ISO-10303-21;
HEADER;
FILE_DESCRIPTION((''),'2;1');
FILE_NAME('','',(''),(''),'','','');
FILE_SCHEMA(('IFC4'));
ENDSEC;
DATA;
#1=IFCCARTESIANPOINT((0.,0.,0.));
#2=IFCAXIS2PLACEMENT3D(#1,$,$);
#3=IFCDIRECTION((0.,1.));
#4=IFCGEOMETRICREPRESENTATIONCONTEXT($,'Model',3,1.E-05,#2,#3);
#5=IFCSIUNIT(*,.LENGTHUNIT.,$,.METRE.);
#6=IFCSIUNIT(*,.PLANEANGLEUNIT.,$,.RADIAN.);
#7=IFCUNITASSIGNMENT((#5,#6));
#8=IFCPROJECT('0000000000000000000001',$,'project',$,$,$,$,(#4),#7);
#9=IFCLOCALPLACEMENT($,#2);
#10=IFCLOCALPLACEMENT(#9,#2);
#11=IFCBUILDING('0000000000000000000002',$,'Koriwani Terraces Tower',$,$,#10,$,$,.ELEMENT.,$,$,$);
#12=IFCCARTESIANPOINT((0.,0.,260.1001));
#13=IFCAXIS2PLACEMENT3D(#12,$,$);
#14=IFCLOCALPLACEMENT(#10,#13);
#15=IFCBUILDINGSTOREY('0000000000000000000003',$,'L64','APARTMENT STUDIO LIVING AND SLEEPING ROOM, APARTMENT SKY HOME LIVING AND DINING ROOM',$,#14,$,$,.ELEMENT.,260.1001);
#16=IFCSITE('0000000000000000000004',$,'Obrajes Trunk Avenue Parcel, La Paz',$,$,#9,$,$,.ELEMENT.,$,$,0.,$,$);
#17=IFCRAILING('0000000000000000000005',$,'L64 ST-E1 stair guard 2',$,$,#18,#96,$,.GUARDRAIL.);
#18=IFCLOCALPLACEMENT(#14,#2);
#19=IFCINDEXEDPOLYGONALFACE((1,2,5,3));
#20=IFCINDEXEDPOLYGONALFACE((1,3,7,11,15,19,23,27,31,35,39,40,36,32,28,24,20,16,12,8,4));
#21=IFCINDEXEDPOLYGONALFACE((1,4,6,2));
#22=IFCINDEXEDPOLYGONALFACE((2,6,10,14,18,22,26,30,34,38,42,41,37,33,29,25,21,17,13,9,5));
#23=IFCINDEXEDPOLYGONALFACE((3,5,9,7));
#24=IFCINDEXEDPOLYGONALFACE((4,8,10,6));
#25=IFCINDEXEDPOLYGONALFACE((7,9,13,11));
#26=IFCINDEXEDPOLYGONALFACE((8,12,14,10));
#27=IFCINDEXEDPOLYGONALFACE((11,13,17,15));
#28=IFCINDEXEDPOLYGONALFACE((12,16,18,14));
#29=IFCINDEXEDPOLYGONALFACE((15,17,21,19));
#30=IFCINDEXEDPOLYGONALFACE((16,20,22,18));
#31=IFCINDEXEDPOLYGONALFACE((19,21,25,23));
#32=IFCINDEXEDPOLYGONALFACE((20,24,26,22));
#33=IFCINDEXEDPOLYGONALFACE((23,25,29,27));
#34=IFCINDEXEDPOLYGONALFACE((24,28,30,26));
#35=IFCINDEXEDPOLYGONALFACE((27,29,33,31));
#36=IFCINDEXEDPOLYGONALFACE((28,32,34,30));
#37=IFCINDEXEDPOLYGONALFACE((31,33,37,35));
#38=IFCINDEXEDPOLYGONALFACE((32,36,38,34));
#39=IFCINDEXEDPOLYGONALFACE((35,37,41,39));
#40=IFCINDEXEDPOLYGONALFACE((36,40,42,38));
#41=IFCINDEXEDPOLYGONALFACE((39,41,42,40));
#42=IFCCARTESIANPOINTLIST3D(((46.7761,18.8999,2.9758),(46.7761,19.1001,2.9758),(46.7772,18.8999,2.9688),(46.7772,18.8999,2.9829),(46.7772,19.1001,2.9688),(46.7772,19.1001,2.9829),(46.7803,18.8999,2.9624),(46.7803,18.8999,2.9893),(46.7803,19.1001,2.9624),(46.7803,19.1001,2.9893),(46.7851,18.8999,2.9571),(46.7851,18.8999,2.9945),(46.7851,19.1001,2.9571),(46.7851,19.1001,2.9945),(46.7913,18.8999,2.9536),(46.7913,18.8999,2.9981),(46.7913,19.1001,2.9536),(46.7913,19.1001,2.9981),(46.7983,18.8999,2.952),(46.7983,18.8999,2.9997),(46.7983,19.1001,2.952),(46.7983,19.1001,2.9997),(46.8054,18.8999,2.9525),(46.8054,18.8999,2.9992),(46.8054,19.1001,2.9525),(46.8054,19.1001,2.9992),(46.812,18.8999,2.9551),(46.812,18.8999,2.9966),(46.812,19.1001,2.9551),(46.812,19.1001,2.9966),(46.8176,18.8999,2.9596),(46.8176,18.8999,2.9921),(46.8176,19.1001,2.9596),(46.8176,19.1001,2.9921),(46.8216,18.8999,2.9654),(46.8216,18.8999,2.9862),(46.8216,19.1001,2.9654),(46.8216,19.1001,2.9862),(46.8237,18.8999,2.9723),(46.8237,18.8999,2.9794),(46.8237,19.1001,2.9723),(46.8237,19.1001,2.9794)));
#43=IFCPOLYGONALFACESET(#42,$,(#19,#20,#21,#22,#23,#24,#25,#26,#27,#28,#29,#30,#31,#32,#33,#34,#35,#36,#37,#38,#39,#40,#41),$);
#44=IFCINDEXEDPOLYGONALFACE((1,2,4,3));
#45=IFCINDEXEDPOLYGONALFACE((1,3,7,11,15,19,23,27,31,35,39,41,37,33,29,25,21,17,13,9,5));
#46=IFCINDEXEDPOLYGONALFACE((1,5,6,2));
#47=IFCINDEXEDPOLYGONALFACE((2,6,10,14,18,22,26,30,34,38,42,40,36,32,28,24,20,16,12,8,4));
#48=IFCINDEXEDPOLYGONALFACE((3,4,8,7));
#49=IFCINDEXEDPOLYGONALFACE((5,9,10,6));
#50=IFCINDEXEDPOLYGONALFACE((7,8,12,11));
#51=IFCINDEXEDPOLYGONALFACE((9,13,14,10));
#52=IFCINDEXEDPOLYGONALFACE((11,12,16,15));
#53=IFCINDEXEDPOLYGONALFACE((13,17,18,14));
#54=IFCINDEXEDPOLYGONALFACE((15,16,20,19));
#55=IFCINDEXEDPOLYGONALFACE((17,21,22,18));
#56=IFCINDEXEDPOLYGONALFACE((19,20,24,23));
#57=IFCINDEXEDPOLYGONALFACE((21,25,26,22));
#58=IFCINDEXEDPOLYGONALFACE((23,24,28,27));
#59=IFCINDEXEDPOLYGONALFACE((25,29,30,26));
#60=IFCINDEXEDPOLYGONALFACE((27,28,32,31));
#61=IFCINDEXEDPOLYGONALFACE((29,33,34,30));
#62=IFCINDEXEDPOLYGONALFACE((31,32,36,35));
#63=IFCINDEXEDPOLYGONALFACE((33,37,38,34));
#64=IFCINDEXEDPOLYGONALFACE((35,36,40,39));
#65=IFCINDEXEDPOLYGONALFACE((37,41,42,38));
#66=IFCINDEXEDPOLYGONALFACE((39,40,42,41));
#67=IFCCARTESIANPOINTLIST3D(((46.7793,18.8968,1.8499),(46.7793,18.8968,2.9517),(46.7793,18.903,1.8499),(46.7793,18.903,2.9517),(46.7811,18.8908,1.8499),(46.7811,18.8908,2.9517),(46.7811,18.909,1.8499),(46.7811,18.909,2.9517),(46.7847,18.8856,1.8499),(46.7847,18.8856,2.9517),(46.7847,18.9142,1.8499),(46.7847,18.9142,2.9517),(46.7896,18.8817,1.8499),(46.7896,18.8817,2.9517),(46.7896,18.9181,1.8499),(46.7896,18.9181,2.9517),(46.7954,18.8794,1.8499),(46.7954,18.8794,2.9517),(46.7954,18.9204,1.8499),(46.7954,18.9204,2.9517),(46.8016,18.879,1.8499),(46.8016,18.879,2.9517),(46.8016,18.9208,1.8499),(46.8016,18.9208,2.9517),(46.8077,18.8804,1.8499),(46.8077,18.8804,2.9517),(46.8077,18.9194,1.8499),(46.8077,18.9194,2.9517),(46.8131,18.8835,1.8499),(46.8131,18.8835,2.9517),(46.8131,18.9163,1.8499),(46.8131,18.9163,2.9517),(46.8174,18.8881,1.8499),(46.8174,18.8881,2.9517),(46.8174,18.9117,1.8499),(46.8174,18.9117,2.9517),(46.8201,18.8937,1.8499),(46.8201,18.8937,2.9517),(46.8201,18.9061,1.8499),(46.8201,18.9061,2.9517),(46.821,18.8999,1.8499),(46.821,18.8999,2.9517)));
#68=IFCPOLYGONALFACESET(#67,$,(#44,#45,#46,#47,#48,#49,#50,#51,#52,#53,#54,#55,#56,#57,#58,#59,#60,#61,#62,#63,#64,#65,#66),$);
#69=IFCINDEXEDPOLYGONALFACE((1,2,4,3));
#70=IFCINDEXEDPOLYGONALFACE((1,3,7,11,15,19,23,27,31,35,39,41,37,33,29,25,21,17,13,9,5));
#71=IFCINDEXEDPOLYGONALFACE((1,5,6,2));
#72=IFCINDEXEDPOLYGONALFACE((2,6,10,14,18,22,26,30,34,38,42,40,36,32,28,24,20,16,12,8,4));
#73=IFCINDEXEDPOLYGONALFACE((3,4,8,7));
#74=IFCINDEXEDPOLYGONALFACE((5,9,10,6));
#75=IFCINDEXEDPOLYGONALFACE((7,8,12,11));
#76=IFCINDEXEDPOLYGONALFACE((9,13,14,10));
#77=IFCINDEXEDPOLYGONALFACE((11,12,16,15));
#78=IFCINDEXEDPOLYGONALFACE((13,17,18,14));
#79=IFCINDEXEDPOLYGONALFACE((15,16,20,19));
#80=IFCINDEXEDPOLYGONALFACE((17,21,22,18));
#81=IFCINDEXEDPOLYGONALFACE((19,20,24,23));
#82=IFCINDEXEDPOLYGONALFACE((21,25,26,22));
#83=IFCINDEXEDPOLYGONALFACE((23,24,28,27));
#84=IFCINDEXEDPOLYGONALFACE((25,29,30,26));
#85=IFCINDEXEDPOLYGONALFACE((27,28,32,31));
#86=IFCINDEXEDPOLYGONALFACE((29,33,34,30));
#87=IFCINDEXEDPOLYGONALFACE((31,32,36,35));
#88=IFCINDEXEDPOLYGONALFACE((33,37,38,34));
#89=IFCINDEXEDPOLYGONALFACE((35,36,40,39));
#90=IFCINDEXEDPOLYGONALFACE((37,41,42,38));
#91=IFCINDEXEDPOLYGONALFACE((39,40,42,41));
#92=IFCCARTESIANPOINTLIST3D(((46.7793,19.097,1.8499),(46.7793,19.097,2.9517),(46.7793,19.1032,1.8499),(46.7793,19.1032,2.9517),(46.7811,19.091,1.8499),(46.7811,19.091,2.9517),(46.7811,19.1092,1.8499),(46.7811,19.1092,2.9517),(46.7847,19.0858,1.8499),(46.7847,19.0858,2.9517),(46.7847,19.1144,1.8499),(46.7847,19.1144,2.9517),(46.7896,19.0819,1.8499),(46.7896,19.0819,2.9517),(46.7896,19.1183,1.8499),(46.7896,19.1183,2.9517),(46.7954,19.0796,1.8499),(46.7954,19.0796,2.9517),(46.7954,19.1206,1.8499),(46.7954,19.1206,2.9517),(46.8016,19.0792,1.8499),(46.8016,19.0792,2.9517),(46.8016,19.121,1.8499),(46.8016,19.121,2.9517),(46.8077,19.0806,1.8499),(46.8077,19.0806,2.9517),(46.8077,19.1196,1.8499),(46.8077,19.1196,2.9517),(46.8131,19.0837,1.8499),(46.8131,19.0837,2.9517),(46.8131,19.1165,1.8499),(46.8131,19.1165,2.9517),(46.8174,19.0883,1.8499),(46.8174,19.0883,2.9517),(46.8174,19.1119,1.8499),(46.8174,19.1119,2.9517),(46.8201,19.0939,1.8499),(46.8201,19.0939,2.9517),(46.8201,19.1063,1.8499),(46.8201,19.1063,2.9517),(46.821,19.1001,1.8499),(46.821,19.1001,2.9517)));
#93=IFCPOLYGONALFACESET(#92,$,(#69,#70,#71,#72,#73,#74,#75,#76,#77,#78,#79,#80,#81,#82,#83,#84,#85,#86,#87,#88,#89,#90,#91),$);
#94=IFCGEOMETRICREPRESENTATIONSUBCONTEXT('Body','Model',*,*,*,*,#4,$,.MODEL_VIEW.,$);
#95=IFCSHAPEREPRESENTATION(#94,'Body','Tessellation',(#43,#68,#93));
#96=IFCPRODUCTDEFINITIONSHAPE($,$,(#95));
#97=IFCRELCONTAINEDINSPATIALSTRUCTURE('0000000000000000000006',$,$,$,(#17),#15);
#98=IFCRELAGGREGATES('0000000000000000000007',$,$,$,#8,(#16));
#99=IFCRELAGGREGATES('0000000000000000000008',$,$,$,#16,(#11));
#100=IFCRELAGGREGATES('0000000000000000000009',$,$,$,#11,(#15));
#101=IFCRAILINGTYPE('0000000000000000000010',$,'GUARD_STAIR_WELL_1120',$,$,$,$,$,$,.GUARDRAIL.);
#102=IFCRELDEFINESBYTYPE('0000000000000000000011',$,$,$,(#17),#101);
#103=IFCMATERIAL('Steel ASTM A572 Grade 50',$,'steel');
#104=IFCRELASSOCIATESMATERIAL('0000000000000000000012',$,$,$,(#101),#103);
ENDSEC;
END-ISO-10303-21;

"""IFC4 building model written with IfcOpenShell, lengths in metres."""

from ifc_helpers import new_model, si_unit, direction, frame, origin, origin_2d, place, context, subcontext, project, spatial, circle, extrude, material, type_object, element, save


model = new_model("IFC4")

# Units and contexts
model_context = context("Model", 3, precision=1e-05, world=origin(), true_north=direction((0.0, 1.0)))
body_context = subcontext(model_context, "Body", "Model", "MODEL_VIEW")
ifc_project = project(units=[si_unit("LENGTHUNIT", "METRE"), si_unit("PLANEANGLEUNIT", "RADIAN")], contexts=[model_context])

# Site, building, storey
site_placement = place(None, origin())
site = spatial("IfcSite", under=ifc_project, at=site_placement, Name="Obrajes Trunk Avenue Parcel, La Paz", CompositionType="ELEMENT", RefElevation=0.0)
building_placement = place(site_placement, origin())
building = spatial("IfcBuilding", under=site, at=building_placement, Name="Koriwani Terraces Tower", CompositionType="ELEMENT")
storey_placement = place(building_placement, frame((0.0, 0.0, 260.1001)))
storey = spatial("IfcBuildingStorey", under=building, at=storey_placement, Name="L64", Description="APARTMENT STUDIO LIVING AND SLEEPING ROOM, APARTMENT SKY HOME LIVING AND DINING ROOM", CompositionType="ELEMENT", Elevation=260.1001)

# Shared definitions
ifc_material_1 = material(Name="Steel ASTM A572 Grade 50", Category="steel")

# Railing
railing_type_1 = type_object("IfcRailingType", Name="GUARD_STAIR_WELL_1120", PredefinedType="GUARDRAIL", material=ifc_material_1)
railing_1_placement = place(storey_placement, frame((46.8, 18.8999, 1.8499)))
element("IfcRailing", 1, at=railing_1_placement, inside=storey, type_object=railing_type_1, Name="L64 ST-E1 stair guard 2", PredefinedType="GUARDRAIL", context=body_context, shape_type="SweptSolid", body=[
    extrude(circle(Radius=0.0239, at=origin_2d()), frame((0.0, 0.0, 1.126), z_axis=(0.0, 1.0, 0.0), x_axis=(-1.0, 0.0, 0.0)), (0.0, 0.0, 1.0), 0.2002),
    extrude(circle(Radius=0.021, at=origin_2d()), origin(), (0.0, 0.0, 1.0), 1.1018),
    extrude(circle(Radius=0.021, at=origin_2d()), frame((0.0, 0.2002, 0.0)), (0.0, 0.0, 1.0), 1.1018),
])

save(model, "model.ifc")
